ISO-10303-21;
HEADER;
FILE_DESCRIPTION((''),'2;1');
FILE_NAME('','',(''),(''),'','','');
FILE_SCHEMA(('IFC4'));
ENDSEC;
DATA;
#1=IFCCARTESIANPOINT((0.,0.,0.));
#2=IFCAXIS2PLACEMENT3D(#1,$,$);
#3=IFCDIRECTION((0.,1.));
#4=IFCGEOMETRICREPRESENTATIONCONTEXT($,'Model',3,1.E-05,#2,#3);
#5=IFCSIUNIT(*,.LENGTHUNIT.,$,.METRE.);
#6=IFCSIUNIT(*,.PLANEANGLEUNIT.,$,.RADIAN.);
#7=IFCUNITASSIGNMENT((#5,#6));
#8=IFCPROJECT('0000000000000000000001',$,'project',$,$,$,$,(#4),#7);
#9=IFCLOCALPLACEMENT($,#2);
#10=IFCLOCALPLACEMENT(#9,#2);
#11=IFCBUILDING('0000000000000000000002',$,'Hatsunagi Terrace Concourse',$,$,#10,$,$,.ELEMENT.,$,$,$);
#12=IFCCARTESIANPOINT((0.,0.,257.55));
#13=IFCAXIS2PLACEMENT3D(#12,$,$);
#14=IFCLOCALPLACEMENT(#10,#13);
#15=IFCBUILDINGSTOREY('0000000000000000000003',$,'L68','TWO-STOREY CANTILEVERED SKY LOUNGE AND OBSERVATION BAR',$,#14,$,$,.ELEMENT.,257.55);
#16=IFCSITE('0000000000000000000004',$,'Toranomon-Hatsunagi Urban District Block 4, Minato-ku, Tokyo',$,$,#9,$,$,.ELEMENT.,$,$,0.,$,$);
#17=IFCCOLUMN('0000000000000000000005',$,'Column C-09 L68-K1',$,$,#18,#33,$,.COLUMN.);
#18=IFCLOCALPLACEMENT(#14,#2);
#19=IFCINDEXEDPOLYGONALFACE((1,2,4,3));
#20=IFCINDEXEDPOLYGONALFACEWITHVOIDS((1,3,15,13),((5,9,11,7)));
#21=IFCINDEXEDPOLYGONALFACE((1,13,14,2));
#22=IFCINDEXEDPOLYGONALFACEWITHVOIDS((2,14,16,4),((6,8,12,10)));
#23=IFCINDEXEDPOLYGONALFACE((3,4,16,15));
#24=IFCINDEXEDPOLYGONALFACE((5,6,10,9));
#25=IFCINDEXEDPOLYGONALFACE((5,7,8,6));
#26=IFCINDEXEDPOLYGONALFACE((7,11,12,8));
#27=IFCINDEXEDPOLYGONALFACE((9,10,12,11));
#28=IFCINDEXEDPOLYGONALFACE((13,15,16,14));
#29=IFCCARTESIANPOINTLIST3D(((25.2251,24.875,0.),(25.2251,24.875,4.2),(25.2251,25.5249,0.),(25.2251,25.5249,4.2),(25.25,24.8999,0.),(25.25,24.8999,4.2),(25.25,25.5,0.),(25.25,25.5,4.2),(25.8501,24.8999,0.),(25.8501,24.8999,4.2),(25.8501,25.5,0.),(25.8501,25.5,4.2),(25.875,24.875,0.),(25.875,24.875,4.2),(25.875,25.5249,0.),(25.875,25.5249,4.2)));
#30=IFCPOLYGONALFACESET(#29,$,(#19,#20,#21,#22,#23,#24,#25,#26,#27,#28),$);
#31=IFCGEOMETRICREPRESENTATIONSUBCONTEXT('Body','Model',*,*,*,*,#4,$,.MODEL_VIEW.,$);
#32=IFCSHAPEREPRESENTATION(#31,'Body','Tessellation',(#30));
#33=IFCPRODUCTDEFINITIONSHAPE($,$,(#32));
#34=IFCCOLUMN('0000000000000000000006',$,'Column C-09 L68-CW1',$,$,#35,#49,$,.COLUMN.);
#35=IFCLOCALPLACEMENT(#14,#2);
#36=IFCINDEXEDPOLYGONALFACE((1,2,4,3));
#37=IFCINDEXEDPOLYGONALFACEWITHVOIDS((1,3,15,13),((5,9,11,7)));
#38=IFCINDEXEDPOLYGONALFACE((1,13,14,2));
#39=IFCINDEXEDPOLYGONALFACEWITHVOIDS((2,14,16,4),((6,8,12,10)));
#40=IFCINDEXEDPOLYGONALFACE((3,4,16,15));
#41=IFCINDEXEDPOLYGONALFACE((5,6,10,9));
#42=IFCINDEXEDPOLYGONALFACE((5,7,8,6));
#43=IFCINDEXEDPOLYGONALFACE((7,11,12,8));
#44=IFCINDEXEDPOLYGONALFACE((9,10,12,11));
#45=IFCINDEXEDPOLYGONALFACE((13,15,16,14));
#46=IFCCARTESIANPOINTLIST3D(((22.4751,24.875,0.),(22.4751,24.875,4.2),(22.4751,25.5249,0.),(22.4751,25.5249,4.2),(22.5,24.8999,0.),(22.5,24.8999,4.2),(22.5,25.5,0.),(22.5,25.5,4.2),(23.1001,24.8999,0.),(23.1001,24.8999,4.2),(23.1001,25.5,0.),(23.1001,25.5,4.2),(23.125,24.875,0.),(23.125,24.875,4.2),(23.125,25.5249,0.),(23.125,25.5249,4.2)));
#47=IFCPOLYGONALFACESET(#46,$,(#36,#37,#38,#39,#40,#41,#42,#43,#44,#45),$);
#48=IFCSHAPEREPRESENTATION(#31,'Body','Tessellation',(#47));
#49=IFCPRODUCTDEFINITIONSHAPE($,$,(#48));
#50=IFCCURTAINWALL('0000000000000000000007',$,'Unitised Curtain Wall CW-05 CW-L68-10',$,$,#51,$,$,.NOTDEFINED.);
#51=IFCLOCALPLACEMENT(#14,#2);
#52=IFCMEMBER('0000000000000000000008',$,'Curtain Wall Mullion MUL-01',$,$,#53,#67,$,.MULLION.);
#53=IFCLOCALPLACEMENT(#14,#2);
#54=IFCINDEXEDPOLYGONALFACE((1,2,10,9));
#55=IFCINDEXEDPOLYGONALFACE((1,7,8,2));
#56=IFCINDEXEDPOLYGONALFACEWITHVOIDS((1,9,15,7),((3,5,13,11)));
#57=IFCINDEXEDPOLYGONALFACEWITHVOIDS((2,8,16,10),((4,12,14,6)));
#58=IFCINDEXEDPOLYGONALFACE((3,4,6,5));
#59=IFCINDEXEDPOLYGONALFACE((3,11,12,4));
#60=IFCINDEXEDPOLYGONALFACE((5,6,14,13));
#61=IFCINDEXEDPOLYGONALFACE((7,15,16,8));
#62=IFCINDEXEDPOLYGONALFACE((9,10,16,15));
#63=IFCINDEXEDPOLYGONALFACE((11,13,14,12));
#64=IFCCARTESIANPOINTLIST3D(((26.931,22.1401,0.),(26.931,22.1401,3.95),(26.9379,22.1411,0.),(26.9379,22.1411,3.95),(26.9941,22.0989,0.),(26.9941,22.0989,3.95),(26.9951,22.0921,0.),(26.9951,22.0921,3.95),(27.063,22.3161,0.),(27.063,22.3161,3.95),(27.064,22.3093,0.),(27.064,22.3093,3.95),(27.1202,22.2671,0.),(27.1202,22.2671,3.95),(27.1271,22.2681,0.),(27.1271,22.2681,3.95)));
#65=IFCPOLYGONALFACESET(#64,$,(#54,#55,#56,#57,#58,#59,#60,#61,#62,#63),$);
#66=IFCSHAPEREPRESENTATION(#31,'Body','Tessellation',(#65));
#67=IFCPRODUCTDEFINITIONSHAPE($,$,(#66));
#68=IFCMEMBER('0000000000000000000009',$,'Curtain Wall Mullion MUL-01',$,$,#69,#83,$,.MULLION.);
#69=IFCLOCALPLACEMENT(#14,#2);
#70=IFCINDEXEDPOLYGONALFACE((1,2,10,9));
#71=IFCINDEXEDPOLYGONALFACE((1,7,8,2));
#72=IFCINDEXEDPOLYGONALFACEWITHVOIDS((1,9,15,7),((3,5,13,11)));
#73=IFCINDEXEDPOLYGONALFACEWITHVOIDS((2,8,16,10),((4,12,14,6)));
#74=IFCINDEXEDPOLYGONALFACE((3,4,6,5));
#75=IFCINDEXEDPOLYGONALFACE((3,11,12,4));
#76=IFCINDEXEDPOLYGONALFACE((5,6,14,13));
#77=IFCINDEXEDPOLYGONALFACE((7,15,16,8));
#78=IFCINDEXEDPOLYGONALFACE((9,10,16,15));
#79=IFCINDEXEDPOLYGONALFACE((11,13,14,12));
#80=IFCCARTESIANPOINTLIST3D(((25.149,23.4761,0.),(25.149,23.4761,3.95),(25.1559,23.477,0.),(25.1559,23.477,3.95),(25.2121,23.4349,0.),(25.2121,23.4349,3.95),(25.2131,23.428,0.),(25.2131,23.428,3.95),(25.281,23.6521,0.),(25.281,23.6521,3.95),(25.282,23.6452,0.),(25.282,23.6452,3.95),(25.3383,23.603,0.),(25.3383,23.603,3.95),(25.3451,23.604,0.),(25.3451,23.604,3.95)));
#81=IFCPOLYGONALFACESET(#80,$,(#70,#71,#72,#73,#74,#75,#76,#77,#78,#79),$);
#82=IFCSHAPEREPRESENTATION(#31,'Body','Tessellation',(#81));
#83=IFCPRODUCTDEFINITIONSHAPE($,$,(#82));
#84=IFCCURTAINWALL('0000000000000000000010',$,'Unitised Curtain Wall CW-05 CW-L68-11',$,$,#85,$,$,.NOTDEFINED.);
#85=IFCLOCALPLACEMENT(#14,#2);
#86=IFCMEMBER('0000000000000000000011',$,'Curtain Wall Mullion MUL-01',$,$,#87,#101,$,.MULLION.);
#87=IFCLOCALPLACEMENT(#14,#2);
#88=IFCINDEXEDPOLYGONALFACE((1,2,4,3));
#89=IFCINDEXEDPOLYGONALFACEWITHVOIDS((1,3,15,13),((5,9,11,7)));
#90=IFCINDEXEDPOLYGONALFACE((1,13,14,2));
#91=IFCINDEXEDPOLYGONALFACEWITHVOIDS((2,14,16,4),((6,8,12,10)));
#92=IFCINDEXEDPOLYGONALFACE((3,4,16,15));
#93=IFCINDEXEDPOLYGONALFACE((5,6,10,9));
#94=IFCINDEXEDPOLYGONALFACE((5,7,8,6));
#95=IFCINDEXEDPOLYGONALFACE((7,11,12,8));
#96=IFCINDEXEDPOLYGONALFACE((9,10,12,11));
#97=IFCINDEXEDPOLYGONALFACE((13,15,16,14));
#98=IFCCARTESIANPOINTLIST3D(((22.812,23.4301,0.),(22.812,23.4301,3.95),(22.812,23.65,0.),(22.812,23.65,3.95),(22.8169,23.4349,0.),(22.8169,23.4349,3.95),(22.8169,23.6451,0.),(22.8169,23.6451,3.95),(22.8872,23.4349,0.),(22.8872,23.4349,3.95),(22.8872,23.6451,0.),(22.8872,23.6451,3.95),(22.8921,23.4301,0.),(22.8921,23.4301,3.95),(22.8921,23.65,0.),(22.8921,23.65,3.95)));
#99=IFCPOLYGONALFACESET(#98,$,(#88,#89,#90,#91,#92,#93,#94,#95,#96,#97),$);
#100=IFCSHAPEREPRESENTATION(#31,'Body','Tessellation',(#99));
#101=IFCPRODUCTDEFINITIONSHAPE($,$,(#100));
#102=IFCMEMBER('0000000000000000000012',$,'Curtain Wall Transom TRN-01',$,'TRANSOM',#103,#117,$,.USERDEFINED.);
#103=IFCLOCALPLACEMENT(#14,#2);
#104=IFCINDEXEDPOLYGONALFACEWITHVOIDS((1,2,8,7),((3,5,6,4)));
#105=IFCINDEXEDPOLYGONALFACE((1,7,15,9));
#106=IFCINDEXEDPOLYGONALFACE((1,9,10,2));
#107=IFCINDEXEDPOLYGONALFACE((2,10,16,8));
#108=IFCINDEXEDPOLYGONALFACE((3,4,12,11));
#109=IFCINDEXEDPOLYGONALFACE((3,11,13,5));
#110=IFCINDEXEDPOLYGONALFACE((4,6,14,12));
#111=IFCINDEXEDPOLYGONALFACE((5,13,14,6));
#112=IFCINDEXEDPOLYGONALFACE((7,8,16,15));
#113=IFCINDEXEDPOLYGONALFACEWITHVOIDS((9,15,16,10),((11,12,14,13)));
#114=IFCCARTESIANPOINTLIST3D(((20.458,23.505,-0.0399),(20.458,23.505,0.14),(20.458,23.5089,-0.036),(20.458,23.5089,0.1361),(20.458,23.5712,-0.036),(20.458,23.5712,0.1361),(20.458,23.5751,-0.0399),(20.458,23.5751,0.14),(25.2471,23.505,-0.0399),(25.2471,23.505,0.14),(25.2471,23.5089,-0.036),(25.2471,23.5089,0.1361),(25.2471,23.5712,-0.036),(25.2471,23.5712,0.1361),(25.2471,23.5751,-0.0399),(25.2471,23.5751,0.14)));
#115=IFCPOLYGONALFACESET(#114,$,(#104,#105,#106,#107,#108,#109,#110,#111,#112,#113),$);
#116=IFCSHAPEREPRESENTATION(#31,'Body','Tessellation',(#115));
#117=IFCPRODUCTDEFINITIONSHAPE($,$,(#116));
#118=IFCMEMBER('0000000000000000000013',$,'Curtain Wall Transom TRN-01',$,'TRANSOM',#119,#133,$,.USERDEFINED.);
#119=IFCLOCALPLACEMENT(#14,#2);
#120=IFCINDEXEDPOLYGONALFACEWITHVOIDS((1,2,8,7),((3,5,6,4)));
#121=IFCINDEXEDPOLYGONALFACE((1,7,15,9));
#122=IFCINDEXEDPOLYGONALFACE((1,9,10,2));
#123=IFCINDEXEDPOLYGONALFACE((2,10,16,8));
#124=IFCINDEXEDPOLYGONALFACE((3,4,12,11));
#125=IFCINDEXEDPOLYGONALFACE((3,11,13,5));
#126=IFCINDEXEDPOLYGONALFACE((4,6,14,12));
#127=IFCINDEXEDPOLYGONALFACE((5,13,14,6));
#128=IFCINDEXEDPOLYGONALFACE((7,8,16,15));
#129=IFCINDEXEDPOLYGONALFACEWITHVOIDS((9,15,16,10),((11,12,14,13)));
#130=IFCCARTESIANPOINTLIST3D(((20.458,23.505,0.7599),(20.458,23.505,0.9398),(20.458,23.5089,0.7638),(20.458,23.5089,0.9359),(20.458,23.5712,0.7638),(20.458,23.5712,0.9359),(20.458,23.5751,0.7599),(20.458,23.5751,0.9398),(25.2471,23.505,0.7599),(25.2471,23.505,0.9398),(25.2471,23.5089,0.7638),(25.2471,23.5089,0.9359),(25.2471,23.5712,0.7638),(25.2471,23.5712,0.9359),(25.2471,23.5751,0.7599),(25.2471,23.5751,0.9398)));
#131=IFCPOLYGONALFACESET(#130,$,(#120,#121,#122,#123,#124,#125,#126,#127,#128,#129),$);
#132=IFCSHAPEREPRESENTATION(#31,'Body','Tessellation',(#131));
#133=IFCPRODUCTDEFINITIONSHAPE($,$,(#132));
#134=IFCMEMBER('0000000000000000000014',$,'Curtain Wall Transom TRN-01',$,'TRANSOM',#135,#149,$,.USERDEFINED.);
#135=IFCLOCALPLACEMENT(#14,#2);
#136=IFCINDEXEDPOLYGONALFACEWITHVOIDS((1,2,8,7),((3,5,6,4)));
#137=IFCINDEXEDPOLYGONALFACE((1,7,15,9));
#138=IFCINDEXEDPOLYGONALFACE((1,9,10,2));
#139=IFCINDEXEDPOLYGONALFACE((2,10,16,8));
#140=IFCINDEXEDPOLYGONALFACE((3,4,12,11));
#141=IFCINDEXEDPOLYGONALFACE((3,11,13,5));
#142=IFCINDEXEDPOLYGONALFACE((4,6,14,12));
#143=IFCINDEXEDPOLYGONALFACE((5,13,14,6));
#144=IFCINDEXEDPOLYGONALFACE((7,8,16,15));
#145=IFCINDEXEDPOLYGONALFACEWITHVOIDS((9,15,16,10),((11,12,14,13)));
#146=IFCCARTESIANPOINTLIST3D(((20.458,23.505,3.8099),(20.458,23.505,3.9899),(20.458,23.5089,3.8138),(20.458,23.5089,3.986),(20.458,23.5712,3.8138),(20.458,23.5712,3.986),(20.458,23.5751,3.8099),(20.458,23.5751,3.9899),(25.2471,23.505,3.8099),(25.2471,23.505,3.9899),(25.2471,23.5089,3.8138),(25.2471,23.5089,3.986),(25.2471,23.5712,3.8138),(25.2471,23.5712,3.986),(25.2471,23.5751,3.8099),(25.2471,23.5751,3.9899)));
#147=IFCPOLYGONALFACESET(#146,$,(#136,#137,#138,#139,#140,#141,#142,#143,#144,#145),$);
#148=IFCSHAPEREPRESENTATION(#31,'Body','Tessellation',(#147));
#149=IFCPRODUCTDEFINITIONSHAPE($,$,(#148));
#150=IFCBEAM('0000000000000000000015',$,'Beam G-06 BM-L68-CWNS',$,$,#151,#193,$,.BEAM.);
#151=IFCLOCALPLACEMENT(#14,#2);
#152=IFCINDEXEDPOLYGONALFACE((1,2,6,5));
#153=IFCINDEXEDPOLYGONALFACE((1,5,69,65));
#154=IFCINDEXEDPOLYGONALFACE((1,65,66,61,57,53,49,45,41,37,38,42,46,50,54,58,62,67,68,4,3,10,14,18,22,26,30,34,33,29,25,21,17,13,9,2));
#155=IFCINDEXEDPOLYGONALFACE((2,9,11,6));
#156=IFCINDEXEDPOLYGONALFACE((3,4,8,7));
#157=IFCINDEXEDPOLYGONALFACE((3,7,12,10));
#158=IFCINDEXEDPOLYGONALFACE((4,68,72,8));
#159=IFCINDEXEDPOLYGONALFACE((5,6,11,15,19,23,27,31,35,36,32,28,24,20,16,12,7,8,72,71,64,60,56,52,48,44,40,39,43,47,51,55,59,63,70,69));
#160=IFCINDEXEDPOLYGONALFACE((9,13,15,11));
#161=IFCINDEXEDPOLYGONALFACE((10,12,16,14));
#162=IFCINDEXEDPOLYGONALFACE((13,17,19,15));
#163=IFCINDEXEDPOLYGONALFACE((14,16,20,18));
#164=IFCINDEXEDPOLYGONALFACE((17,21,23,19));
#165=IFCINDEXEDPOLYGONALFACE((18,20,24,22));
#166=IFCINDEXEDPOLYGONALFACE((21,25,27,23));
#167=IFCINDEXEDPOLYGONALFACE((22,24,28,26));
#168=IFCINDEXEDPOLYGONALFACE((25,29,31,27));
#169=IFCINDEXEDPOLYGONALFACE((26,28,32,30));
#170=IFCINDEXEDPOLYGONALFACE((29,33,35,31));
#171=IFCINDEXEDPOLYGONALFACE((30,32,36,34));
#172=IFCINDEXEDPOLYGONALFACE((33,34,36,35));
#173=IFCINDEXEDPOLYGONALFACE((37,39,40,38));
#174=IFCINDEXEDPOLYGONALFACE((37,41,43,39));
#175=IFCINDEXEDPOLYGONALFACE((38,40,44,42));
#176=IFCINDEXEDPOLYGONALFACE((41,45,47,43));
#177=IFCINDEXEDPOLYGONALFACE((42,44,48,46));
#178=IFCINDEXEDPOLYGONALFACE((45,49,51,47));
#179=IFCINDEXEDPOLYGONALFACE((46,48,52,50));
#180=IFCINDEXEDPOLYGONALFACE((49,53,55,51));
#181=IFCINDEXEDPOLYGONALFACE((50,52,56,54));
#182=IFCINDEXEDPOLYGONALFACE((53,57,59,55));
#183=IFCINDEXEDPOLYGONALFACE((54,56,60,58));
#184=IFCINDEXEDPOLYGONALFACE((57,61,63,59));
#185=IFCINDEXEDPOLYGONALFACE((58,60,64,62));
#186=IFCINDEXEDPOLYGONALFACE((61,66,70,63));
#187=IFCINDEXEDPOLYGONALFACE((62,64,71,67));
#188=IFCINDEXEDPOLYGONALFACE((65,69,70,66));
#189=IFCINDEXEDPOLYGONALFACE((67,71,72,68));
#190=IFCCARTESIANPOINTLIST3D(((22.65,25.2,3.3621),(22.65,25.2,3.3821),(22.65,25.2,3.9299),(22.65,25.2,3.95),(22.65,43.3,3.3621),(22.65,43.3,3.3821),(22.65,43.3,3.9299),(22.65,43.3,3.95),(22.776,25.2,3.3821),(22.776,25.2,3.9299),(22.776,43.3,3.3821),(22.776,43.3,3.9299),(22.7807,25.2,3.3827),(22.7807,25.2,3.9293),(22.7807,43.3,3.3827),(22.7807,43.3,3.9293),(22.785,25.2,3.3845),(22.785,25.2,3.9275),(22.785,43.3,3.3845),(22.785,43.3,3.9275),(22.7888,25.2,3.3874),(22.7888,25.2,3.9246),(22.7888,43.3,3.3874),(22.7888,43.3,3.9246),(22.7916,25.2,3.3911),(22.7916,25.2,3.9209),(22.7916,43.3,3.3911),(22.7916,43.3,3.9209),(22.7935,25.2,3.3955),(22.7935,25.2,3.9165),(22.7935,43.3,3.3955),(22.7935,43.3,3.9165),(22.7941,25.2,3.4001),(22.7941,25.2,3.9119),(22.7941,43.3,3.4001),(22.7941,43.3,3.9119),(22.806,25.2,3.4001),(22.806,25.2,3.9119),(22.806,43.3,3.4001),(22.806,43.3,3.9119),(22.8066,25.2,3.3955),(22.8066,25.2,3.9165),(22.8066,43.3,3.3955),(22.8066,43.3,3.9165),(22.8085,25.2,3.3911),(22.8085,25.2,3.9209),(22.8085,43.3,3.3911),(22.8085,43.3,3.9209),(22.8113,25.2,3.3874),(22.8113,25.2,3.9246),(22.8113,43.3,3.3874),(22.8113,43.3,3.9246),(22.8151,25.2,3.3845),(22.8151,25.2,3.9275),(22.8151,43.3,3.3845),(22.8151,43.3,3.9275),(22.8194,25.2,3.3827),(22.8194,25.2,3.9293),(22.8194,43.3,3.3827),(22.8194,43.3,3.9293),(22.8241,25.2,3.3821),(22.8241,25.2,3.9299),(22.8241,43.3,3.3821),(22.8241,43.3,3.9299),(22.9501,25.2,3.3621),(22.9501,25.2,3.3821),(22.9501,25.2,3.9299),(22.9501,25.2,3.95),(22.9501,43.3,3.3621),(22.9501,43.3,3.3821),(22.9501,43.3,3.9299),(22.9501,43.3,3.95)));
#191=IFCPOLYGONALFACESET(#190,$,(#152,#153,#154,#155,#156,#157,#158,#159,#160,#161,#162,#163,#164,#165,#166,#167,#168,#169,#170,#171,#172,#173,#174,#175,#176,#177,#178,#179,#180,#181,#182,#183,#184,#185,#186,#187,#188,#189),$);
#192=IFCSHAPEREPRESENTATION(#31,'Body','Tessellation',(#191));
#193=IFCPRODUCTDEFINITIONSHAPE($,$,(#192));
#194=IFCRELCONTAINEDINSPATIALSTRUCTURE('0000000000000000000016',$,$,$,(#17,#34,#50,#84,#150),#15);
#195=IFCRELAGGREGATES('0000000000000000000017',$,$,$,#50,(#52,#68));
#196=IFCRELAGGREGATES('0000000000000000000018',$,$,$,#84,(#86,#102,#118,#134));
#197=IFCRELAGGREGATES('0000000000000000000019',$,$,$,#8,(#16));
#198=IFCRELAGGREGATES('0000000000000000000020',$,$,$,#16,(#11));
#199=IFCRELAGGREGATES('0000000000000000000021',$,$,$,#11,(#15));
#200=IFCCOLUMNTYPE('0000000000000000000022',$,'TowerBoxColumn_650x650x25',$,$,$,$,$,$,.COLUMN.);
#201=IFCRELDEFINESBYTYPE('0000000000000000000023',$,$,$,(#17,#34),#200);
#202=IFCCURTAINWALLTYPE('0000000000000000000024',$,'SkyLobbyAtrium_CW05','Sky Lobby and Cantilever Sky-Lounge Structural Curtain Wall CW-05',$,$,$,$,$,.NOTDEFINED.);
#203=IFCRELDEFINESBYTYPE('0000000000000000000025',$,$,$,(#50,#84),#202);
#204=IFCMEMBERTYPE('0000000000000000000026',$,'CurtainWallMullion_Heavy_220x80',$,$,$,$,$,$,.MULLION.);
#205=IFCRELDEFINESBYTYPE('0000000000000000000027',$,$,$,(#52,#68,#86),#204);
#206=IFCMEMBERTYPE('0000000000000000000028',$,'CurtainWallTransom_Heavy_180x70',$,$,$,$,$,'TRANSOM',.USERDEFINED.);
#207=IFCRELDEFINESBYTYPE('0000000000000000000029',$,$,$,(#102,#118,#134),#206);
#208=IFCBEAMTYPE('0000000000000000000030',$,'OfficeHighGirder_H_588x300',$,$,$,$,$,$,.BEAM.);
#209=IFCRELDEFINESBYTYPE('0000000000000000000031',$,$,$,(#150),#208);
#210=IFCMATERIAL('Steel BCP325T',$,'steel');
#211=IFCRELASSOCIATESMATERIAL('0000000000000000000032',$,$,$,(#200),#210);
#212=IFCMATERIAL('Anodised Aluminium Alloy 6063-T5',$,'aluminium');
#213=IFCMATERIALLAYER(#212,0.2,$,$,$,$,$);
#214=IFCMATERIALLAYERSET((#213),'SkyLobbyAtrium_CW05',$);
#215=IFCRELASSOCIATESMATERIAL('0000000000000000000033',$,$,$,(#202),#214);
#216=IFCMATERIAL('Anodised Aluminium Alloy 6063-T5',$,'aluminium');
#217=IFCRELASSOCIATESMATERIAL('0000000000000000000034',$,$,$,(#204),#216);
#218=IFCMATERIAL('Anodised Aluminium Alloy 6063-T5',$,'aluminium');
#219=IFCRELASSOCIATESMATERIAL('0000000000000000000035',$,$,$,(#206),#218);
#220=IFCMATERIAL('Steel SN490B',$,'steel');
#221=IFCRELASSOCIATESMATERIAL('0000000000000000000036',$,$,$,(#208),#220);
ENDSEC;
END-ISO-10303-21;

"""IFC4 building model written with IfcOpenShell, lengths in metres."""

from ifc_helpers import new_model, si_unit, direction, frame, origin, origin_2d, place, context, subcontext, project, spatial, hollow_rectangle, i_section, extrude, material, layer, layer_set, material_profile, profile_set, type_object, element, aggregate, save


model = new_model("IFC4")

# Units and contexts
model_context = context("Model", 3, precision=1e-05, world=origin(), true_north=direction((0.0, 1.0)))
body_context = subcontext(model_context, "Body", "Model", "MODEL_VIEW")
ifc_project = project(units=[si_unit("LENGTHUNIT", "METRE"), si_unit("PLANEANGLEUNIT", "RADIAN")], contexts=[model_context])

# Site, building, storey
site_placement = place(None, origin())
site = spatial("IfcSite", under=ifc_project, at=site_placement, Name="Toranomon-Hatsunagi Urban District Block 4, Minato-ku, Tokyo", CompositionType="ELEMENT", RefElevation=0.0)
building_placement = place(site_placement, origin())
building = spatial("IfcBuilding", under=site, at=building_placement, Name="Hatsunagi Terrace Concourse", CompositionType="ELEMENT")
storey_placement = place(building_placement, frame((0.0, 0.0, 257.55)))
storey = spatial("IfcBuildingStorey", under=building, at=storey_placement, Name="L68", Description="TWO-STOREY CANTILEVERED SKY LOUNGE AND OBSERVATION BAR", CompositionType="ELEMENT", Elevation=257.55)

# Columns
ifc_material_1 = material(Name="Steel BCP325T", Category="steel")
ifc_material_profile_1 = material_profile(ifc_material_1, hollow_rectangle(XDim=0.6499, YDim=0.6499, WallThickness=0.0249, at=origin_2d()), Name="BCP-650x650x25")
ifc_profile_set_1 = profile_set([ifc_material_profile_1], Name="Steel BCP325T")
column_type = type_object("IfcColumnType", Name="TowerBoxColumn_650x650x25", PredefinedType="COLUMN", material=ifc_profile_set_1)
for number, where, z_axis, x_axis, name in (
    (1, (25.55, 25.2, 0.0), (0.0, 0.0, 1.0), (1.0, 0.0, 0.0), "Column C-09 L68-K1"),
    (2, (22.8, 25.2, 0.0), (0.0, 0.0, 1.0), (1.0, 0.0, 0.0), "Column C-09 L68-CW1"),
):
    element("IfcColumn", number, at=place(storey_placement, frame(where, z_axis=z_axis, x_axis=x_axis)), inside=storey, type_object=column_type, Name=name, PredefinedType="COLUMN", context=body_context, shape_type="SweptSolid", body=[
        extrude(hollow_rectangle(XDim=0.6499, YDim=0.6499, WallThickness=0.0249, at=origin_2d()), origin(), (0.0, 0.0, 1.0), 4.2),
    ])

# Curtain walls, members
ifc_material_2 = material(Name="Anodised Aluminium Alloy 6063-T5", Category="aluminium")
ifc_layer_1 = layer(ifc_material_2, 0.2)
ifc_layer_set_1 = layer_set([ifc_layer_1], Name="SkyLobbyAtrium_CW05")
curtain_wall_type = type_object("IfcCurtainWallType", Name="SkyLobbyAtrium_CW05", Description="Sky Lobby and Cantilever Sky-Lounge Structural Curtain Wall CW-05", PredefinedType="NOTDEFINED", material=ifc_layer_set_1)
curtain_wall_1_placement = place(storey_placement, origin())
curtain_wall_1 = element("IfcCurtainWall", 3, at=curtain_wall_1_placement, inside=storey, type_object=curtain_wall_type, Name="Unitised Curtain Wall CW-05 CW-L68-10", PredefinedType="NOTDEFINED")
ifc_material_3 = material(Name="Anodised Aluminium Alloy 6063-T5", Category="aluminium")
ifc_material_profile_2 = material_profile(ifc_material_3, hollow_rectangle(XDim=0.0801, YDim=0.22, WallThickness=0.0049, at=origin_2d()), Name="ALU-MUL-220x80x5")
ifc_profile_set_2 = profile_set([ifc_material_profile_2], Name="Anodised Aluminium Alloy 6063-T5")
member_type_1 = type_object("IfcMemberType", Name="CurtainWallMullion_Heavy_220x80", PredefinedType="MULLION", material=ifc_profile_set_2)
member_1_placement = place(storey_placement, frame((27.0291, 22.2041, 0.0), z_axis=(0.0, 0.0, 1.0), x_axis=(-0.800007, 0.59999, 0.0)))
member_1 = element("IfcMember", 4, at=member_1_placement, type_object=member_type_1, Name="Curtain Wall Mullion MUL-01", PredefinedType="MULLION", context=body_context, shape_type="SweptSolid", body=[
    extrude(hollow_rectangle(XDim=0.0801, YDim=0.22, WallThickness=0.0049, at=origin_2d()), origin(), (0.0, 0.0, 1.0), 3.95),
])
member_2_placement = place(storey_placement, frame((25.2471, 23.54, 0.0), z_axis=(0.0, 0.0, 1.0), x_axis=(-0.800007, 0.59999, 0.0)))
member_2 = element("IfcMember", 5, at=member_2_placement, type_object=member_type_1, Name="Curtain Wall Mullion MUL-01", PredefinedType="MULLION", context=body_context, shape_type="SweptSolid", body=[
    extrude(hollow_rectangle(XDim=0.0801, YDim=0.22, WallThickness=0.0049, at=origin_2d()), origin(), (0.0, 0.0, 1.0), 3.95),
])
curtain_wall_2_placement = place(storey_placement, origin())
curtain_wall_2 = element("IfcCurtainWall", 6, at=curtain_wall_2_placement, inside=storey, type_object=curtain_wall_type, Name="Unitised Curtain Wall CW-05 CW-L68-11", PredefinedType="NOTDEFINED")
member_3_placement = place(storey_placement, frame((22.8521, 23.54, 0.0), z_axis=(0.0, 0.0, 1.0), x_axis=(-1.0, 0.0, 0.0)))
member_3 = element("IfcMember", 7, at=member_3_placement, type_object=member_type_1, Name="Curtain Wall Mullion MUL-01", PredefinedType="MULLION", context=body_context, shape_type="SweptSolid", body=[
    extrude(hollow_rectangle(XDim=0.0801, YDim=0.22, WallThickness=0.0049, at=origin_2d()), origin(), (0.0, 0.0, 1.0), 3.95),
])
ifc_material_4 = material(Name="Anodised Aluminium Alloy 6063-T5", Category="aluminium")
ifc_material_profile_3 = material_profile(ifc_material_4, hollow_rectangle(XDim=0.0701, YDim=0.1799, WallThickness=0.0039, at=origin_2d()), Name="ALU-TRN-180x70x4")
ifc_profile_set_3 = profile_set([ifc_material_profile_3], Name="Anodised Aluminium Alloy 6063-T5")
member_type_2 = type_object("IfcMemberType", Name="CurtainWallTransom_Heavy_180x70", ElementType="TRANSOM", PredefinedType="USERDEFINED", material=ifc_profile_set_3)
member_4_placement = place(storey_placement, frame((25.2471, 23.54, 0.05), z_axis=(-1.0, 0.0, 0.0), x_axis=(0.0, -1.0, 0.0)))
member_4 = element("IfcMember", 8, at=member_4_placement, type_object=member_type_2, Name="Curtain Wall Transom TRN-01", ObjectType="TRANSOM", PredefinedType="USERDEFINED", context=body_context, shape_type="SweptSolid", body=[
    extrude(hollow_rectangle(XDim=0.0701, YDim=0.1799, WallThickness=0.0039, at=origin_2d()), origin(), (0.0, 0.0, 1.0), 4.7891),
])
member_5_placement = place(storey_placement, frame((25.2471, 23.54, 0.8499), z_axis=(-1.0, 0.0, 0.0), x_axis=(0.0, -1.0, 0.0)))
member_5 = element("IfcMember", 9, at=member_5_placement, type_object=member_type_2, Name="Curtain Wall Transom TRN-01", ObjectType="TRANSOM", PredefinedType="USERDEFINED", context=body_context, shape_type="SweptSolid", body=[
    extrude(hollow_rectangle(XDim=0.0701, YDim=0.1799, WallThickness=0.0039, at=origin_2d()), origin(), (0.0, 0.0, 1.0), 4.7891),
])
member_6_placement = place(storey_placement, frame((25.2471, 23.54, 3.8999), z_axis=(-1.0, 0.0, 0.0), x_axis=(0.0, -1.0, 0.0)))
member_6 = element("IfcMember", 10, at=member_6_placement, type_object=member_type_2, Name="Curtain Wall Transom TRN-01", ObjectType="TRANSOM", PredefinedType="USERDEFINED", context=body_context, shape_type="SweptSolid", body=[
    extrude(hollow_rectangle(XDim=0.0701, YDim=0.1799, WallThickness=0.0039, at=origin_2d()), origin(), (0.0, 0.0, 1.0), 4.7891),
])

# Beam
ifc_material_5 = material(Name="Steel SN490B", Category="steel")
ifc_material_profile_4 = material_profile(ifc_material_5, i_section(OverallWidth=0.3, OverallDepth=0.5879, WebThickness=0.012, FlangeThickness=0.02, FilletRadius=0.0181, at=origin_2d()), Name="H-588x300x12x20")
ifc_profile_set_4 = profile_set([ifc_material_profile_4], Name="Steel SN490B")
beam_type_1 = type_object("IfcBeamType", Name="OfficeHighGirder_H_588x300", PredefinedType="BEAM", material=ifc_profile_set_4)
beam_1_placement = place(storey_placement, frame((22.8, 25.2, 3.656), z_axis=(0.0, 1.0, 0.0), x_axis=(-1.0, 0.0, 0.0)))
element("IfcBeam", 11, at=beam_1_placement, inside=storey, type_object=beam_type_1, Name="Beam G-06 BM-L68-CWNS", PredefinedType="BEAM", context=body_context, shape_type="SweptSolid", body=[
    extrude(i_section(OverallWidth=0.3, OverallDepth=0.5879, WebThickness=0.012, FlangeThickness=0.02, FilletRadius=0.0181, at=origin_2d()), origin(), (0.0, 0.0, 1.0), 18.1001),
])

aggregate(curtain_wall_1, [member_1, member_2])
aggregate(curtain_wall_2, [member_3, member_4, member_5, member_6])

save(model, "model.ifc")
